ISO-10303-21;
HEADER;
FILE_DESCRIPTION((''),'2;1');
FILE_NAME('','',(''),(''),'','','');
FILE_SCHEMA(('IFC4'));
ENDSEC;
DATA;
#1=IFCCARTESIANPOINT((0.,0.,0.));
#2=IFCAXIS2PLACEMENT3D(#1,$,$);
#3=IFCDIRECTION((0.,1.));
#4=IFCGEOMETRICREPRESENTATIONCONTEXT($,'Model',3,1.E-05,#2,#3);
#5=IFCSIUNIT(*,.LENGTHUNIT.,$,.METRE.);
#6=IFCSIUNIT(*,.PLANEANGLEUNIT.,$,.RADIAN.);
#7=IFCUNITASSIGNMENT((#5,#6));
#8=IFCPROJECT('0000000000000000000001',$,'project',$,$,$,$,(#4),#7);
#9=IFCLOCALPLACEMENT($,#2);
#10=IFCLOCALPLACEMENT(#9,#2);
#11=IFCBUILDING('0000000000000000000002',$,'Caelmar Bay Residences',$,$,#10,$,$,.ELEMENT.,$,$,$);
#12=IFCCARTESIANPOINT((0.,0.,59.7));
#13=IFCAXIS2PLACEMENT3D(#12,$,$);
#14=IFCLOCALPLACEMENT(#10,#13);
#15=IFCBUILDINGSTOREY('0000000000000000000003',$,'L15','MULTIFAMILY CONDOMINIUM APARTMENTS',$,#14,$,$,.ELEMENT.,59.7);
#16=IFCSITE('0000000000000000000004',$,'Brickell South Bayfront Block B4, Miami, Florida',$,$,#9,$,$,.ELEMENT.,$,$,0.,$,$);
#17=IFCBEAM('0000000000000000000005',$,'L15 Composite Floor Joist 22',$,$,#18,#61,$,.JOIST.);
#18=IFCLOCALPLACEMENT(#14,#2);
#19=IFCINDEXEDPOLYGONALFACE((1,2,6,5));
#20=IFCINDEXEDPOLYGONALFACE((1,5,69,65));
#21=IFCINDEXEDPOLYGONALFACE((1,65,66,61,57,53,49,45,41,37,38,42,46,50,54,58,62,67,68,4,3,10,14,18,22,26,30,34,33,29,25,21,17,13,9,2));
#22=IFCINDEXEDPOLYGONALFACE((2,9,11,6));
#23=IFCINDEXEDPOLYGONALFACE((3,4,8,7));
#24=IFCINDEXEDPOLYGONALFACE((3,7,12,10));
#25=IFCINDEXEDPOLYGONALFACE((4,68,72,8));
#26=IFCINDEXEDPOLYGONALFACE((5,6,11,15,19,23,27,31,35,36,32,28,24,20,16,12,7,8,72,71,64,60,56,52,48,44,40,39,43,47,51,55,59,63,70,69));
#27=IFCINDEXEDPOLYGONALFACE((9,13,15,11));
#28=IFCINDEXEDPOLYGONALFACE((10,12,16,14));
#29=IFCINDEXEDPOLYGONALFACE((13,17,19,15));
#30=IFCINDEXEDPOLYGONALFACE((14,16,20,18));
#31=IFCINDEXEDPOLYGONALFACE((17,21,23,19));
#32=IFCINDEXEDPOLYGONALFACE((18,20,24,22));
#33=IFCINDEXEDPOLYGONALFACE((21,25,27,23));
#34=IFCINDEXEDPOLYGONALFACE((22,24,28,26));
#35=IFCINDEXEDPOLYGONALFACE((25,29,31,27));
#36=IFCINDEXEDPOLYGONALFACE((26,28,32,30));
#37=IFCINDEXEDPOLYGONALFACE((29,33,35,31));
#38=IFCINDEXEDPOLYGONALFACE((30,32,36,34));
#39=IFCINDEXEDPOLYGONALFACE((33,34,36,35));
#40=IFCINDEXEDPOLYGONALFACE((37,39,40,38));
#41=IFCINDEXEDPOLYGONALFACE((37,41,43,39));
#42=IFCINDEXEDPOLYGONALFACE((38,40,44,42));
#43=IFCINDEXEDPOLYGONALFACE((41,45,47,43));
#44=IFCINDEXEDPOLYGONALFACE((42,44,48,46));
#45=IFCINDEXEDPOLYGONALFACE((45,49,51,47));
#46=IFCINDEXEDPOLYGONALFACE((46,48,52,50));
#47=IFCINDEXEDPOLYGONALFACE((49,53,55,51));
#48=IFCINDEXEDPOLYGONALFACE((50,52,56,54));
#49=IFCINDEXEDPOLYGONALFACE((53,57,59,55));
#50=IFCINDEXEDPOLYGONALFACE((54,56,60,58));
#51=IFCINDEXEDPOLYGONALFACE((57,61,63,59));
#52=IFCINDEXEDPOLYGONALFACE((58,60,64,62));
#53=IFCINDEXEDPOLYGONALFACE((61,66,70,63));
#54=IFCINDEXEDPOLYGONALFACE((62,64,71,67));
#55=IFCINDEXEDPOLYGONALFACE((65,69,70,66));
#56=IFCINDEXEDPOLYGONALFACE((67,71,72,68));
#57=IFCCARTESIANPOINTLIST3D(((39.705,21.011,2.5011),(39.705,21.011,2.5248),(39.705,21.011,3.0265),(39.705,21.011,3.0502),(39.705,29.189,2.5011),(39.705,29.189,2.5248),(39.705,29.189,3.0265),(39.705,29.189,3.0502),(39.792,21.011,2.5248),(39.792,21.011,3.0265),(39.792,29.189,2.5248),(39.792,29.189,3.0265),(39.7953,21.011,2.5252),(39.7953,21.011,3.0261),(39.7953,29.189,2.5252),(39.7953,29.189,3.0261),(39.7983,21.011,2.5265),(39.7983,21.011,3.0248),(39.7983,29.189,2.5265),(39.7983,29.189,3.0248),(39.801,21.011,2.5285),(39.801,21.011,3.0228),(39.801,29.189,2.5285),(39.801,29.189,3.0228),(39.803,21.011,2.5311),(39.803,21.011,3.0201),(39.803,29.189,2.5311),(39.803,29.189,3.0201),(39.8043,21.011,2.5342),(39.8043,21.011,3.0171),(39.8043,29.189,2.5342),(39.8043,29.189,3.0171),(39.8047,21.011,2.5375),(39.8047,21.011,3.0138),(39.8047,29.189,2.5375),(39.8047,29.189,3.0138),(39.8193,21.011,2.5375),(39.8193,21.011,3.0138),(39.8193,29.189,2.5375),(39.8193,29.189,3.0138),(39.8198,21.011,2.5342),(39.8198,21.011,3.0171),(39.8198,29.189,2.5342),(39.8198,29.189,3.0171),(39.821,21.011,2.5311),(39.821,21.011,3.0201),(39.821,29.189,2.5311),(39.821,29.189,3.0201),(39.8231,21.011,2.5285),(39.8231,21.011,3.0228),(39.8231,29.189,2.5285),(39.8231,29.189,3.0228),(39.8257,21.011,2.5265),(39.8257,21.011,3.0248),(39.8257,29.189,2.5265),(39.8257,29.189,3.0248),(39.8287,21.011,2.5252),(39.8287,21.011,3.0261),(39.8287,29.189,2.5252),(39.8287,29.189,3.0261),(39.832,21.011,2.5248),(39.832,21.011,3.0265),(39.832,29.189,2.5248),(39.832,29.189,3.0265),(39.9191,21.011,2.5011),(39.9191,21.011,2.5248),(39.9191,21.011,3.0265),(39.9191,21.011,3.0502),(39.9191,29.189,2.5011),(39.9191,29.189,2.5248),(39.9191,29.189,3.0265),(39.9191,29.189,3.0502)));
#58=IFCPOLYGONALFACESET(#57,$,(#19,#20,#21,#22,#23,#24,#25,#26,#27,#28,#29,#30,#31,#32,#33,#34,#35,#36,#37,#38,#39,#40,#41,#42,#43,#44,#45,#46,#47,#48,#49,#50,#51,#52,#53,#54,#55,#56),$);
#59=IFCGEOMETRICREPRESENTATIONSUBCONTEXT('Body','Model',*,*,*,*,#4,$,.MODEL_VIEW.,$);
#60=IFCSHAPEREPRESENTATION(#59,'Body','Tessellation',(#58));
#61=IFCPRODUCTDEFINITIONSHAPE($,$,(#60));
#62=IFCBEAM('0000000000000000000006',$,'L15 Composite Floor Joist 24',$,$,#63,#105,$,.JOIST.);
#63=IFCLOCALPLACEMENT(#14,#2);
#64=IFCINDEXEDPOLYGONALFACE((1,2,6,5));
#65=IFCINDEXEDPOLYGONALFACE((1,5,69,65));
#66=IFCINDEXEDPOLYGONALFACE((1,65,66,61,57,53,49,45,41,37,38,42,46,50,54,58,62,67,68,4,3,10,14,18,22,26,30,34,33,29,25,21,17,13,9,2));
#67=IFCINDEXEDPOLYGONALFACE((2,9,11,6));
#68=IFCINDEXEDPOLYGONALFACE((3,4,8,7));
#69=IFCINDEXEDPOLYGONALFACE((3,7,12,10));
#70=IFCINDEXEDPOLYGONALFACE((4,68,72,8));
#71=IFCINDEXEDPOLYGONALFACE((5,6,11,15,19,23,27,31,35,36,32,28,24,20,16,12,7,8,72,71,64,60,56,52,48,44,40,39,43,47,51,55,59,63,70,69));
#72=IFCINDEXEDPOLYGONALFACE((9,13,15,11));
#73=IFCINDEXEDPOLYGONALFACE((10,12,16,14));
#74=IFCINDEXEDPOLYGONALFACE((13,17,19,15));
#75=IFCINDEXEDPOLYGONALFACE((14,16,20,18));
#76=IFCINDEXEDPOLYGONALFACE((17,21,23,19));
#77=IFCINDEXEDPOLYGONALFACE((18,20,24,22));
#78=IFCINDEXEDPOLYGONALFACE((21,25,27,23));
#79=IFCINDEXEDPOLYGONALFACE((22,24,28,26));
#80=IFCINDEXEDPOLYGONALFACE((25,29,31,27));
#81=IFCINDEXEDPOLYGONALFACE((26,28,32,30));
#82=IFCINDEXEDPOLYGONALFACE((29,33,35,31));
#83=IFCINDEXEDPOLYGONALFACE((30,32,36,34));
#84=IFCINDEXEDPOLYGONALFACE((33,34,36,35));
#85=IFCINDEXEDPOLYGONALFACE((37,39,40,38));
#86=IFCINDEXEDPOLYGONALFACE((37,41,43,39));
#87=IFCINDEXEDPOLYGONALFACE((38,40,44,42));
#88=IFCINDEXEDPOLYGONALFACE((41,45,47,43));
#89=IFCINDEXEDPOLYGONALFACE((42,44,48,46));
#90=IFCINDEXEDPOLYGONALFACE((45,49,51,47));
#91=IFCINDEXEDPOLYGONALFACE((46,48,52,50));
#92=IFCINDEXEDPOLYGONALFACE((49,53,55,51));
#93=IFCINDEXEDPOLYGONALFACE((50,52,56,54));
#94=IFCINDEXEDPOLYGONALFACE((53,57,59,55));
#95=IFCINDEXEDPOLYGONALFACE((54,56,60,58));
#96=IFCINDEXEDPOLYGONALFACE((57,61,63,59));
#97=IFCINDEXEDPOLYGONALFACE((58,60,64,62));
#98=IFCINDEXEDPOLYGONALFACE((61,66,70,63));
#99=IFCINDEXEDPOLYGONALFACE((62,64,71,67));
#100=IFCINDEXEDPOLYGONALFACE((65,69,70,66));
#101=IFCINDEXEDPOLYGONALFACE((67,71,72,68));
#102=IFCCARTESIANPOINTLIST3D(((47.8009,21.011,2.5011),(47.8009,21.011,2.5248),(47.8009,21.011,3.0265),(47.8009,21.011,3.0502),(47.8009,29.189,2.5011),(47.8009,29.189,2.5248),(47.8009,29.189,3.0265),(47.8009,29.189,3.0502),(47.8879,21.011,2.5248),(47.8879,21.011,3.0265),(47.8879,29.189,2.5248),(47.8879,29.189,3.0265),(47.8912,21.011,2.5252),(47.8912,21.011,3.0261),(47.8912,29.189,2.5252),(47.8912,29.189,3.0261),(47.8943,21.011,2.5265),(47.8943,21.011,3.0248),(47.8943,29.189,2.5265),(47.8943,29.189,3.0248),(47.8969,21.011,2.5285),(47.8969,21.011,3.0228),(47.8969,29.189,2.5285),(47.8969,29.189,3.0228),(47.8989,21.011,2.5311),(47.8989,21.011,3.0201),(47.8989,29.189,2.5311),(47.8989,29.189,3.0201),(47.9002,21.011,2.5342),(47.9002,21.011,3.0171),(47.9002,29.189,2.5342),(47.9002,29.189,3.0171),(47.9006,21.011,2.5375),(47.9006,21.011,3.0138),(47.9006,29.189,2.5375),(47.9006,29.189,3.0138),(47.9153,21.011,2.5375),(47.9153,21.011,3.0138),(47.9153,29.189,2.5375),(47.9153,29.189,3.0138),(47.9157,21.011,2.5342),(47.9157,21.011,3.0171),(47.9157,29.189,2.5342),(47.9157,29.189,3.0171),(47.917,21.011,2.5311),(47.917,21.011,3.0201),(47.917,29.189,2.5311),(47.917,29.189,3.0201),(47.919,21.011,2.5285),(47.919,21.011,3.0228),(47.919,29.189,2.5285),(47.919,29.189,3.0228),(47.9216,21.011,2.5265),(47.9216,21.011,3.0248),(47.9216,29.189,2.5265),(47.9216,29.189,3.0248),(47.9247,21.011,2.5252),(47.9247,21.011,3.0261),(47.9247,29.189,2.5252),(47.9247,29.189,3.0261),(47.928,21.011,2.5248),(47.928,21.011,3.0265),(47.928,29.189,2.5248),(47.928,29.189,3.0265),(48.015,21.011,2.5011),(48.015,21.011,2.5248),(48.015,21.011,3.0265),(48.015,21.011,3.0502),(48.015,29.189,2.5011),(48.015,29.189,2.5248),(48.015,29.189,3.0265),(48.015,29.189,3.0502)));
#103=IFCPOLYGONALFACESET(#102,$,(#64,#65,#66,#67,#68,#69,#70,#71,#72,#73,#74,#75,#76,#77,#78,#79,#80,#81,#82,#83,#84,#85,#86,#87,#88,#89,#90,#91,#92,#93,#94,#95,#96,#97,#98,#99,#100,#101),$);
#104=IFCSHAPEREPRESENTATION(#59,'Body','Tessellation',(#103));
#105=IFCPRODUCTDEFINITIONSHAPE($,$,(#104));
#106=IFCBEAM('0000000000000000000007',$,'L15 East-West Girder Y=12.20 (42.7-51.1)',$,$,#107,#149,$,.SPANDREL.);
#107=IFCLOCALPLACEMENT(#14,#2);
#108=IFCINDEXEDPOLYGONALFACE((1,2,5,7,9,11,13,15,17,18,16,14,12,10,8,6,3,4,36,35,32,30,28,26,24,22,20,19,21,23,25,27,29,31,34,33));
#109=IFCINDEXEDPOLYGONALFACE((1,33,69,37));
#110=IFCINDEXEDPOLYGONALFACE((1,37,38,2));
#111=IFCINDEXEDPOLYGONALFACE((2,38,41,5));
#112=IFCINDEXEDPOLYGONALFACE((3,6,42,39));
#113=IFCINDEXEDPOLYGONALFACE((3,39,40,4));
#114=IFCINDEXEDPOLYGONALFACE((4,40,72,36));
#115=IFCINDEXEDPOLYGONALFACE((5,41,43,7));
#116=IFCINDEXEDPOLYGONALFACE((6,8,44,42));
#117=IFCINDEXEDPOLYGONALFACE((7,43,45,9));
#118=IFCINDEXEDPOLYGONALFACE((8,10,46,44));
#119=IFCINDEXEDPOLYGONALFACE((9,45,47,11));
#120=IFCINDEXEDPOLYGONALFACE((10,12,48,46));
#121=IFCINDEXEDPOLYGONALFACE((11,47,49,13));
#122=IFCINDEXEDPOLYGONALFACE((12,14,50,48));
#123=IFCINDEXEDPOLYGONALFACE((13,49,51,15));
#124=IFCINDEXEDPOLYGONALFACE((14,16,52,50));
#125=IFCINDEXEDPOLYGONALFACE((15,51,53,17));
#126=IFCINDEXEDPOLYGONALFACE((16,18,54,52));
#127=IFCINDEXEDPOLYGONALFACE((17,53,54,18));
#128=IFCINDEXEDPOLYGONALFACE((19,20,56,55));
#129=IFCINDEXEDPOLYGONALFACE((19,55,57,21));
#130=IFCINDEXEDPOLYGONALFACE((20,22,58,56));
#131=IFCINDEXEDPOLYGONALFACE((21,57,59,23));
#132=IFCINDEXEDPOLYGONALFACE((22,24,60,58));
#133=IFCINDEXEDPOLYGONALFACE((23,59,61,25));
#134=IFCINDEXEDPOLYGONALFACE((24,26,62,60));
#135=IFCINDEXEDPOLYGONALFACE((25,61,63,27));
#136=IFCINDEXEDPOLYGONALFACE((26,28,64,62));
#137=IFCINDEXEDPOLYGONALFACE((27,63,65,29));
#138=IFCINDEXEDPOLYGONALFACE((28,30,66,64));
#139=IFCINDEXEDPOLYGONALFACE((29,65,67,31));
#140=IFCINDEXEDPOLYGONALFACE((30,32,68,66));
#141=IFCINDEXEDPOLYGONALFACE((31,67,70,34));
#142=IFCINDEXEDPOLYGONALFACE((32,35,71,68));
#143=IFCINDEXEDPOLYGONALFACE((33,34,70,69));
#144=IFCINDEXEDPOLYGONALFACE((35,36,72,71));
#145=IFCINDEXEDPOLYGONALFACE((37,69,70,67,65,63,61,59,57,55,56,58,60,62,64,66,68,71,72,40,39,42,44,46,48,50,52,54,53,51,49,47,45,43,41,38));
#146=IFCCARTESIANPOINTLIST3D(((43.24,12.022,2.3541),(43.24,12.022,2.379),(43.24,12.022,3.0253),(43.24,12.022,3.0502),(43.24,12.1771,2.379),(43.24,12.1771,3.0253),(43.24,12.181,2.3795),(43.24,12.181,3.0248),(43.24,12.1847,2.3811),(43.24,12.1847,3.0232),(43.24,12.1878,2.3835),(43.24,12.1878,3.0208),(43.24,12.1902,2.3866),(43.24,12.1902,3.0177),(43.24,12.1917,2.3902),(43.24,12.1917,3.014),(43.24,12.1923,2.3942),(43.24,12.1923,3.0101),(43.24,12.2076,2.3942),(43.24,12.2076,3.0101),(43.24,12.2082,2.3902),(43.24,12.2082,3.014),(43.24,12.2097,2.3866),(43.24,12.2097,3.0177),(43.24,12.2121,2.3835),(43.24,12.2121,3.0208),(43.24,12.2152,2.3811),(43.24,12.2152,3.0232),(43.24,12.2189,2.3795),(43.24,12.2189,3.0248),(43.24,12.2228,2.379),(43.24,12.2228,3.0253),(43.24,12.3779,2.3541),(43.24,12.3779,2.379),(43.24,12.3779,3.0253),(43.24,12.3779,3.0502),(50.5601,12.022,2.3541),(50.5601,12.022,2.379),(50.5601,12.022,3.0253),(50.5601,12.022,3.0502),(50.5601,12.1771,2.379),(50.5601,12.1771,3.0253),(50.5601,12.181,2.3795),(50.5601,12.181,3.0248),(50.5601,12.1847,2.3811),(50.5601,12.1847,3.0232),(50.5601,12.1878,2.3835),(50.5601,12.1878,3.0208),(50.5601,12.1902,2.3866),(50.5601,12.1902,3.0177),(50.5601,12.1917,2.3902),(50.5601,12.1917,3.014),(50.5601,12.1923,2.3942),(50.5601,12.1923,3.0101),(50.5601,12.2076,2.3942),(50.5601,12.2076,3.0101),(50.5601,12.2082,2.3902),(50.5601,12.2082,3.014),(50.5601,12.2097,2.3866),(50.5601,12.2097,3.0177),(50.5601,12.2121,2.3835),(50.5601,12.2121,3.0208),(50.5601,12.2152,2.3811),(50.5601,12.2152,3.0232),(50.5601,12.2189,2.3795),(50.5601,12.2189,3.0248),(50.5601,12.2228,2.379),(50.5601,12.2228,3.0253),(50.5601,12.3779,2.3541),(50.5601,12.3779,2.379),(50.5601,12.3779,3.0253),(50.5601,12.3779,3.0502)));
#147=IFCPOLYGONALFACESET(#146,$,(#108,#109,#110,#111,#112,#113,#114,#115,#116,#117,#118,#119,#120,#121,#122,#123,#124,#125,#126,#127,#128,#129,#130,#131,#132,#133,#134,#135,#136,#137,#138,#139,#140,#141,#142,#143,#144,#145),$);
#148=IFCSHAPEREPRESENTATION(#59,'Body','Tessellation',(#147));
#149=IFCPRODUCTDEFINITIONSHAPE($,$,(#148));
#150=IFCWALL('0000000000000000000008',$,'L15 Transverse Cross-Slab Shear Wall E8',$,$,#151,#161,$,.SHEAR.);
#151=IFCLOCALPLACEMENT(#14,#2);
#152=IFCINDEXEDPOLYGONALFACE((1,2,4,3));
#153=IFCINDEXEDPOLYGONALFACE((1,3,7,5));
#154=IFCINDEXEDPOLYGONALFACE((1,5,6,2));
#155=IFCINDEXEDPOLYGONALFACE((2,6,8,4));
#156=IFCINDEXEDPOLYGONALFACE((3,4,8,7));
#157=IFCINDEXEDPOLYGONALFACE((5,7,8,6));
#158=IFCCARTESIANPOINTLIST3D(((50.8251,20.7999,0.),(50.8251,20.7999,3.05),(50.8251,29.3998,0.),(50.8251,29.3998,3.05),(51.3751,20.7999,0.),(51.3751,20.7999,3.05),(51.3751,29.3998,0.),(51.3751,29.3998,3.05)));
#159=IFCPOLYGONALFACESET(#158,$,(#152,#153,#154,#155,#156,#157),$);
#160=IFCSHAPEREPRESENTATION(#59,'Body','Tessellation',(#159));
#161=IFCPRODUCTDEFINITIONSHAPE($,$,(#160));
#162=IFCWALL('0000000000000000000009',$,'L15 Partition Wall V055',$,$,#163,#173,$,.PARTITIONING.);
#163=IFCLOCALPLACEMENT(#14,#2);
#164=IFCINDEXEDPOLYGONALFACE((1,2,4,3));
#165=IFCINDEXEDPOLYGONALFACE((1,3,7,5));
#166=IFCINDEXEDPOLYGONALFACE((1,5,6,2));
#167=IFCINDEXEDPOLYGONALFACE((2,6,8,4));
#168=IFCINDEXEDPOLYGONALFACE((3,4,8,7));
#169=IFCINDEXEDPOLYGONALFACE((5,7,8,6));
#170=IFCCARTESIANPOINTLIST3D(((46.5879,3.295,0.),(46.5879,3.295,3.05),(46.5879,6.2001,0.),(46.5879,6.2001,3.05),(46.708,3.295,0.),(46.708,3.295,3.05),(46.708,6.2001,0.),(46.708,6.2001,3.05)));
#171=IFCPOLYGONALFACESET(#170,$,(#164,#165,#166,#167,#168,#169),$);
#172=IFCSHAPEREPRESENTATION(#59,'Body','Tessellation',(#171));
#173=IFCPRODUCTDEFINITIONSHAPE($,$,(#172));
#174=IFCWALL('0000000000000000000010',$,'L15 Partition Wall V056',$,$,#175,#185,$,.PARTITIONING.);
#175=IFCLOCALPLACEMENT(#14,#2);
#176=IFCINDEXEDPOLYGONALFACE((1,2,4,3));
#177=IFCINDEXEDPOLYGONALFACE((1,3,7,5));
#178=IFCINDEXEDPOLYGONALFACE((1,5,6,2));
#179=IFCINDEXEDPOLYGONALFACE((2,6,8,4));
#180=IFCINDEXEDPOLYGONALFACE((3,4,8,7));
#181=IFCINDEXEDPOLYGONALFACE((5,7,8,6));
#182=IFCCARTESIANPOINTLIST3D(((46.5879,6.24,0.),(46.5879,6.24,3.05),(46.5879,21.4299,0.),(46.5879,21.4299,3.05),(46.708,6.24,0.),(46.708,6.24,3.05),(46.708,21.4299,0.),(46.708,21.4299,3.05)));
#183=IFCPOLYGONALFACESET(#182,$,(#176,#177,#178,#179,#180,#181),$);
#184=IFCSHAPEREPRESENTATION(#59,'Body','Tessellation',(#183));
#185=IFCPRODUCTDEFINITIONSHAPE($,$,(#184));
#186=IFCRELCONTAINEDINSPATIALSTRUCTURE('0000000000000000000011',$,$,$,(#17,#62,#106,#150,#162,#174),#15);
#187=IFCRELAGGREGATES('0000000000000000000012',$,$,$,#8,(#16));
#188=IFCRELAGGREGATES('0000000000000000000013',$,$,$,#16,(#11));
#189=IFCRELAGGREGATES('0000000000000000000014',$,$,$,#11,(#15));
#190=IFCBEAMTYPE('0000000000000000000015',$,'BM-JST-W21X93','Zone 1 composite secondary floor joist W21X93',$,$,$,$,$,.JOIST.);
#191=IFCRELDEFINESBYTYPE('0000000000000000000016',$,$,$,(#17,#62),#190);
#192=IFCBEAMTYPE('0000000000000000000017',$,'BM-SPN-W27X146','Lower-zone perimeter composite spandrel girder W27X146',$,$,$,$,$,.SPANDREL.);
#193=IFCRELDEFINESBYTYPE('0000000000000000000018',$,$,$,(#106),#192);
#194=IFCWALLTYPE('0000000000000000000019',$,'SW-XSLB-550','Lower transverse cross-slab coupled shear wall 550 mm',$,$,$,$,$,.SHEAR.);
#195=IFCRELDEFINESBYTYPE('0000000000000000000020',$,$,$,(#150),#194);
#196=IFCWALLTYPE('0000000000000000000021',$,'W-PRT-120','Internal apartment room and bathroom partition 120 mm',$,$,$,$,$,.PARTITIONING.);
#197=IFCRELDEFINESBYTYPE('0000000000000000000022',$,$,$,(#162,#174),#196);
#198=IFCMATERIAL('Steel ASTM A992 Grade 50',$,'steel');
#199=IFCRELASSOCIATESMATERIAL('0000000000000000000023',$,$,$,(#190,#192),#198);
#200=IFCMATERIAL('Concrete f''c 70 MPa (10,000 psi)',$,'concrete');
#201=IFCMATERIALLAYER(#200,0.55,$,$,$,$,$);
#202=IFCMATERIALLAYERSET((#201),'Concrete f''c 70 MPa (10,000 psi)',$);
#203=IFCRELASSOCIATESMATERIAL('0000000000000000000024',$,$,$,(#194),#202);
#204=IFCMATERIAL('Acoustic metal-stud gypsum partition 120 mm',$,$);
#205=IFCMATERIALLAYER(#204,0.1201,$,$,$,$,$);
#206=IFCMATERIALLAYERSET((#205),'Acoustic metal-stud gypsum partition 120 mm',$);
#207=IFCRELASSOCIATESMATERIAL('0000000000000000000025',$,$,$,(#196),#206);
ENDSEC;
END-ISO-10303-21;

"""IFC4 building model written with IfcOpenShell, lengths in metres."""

from ifc_helpers import new_model, si_unit, direction, frame, frame_2d, origin, origin_2d, place, context, subcontext, project, spatial, rectangle, i_section, extrude, material, layer, layer_set, material_profile, profile_set, type_object, element, save


model = new_model("IFC4")

# Units and contexts
model_context = context("Model", 3, precision=1e-05, world=origin(), true_north=direction((0.0, 1.0)))
body_context = subcontext(model_context, "Body", "Model", "MODEL_VIEW")
ifc_project = project(units=[si_unit("LENGTHUNIT", "METRE"), si_unit("PLANEANGLEUNIT", "RADIAN")], contexts=[model_context])

# Site, building, storey
site_placement = place(None, origin())
site = spatial("IfcSite", under=ifc_project, at=site_placement, Name="Brickell South Bayfront Block B4, Miami, Florida", CompositionType="ELEMENT", RefElevation=0.0)
building_placement = place(site_placement, origin())
building = spatial("IfcBuilding", under=site, at=building_placement, Name="Caelmar Bay Residences", CompositionType="ELEMENT")
storey_placement = place(building_placement, frame((0.0, 0.0, 59.7)))
storey = spatial("IfcBuildingStorey", under=building, at=storey_placement, Name="L15", Description="MULTIFAMILY CONDOMINIUM APARTMENTS", CompositionType="ELEMENT", Elevation=59.7)

# Shared definitions
ifc_material_1 = material(Name="Concrete f'c 70 MPa (10,000 psi)", Category="concrete")

# Beams
ifc_material_2 = material(Name="Steel ASTM A992 Grade 50", Category="steel")
ifc_material_profile_1 = material_profile(ifc_material_2, i_section(OverallWidth=0.2141, OverallDepth=0.5491, WebThickness=0.0146, FlangeThickness=0.0237, FilletRadius=0.0127, at=origin_2d()), Name="W21X93")
ifc_profile_set_1 = profile_set([ifc_material_profile_1], Name="Steel ASTM A992 Grade 50")
beam_type_1 = type_object("IfcBeamType", Name="BM-JST-W21X93", Description="Zone 1 composite secondary floor joist W21X93", PredefinedType="JOIST", material=ifc_profile_set_1)
for number, where, z_axis, x_axis, name in (
    (1, (39.812, 21.011, 2.7756), (0.0, 1.0, 0.0), (-1.0, 0.0, 0.0), "L15 Composite Floor Joist 22"),
    (2, (47.908, 21.011, 2.7756), (0.0, 1.0, 0.0), (-1.0, 0.0, 0.0), "L15 Composite Floor Joist 24"),
):
    element("IfcBeam", number, at=place(storey_placement, frame(where, z_axis=z_axis, x_axis=x_axis)), inside=storey, type_object=beam_type_1, Name=name, PredefinedType="JOIST", context=body_context, shape_type="SweptSolid", body=[
        extrude(i_section(OverallWidth=0.2141, OverallDepth=0.5491, WebThickness=0.0146, FlangeThickness=0.0237, FilletRadius=0.0127, at=origin_2d()), origin(), (0.0, 0.0, 1.0), 8.178),
    ])
ifc_material_profile_2 = material_profile(ifc_material_2, i_section(OverallWidth=0.356, OverallDepth=0.696, WebThickness=0.0154, FlangeThickness=0.0249, FilletRadius=0.0151, at=origin_2d()), Name="W27X146")
ifc_profile_set_2 = profile_set([ifc_material_profile_2], Name="Steel ASTM A992 Grade 50")
beam_type_2 = type_object("IfcBeamType", Name="BM-SPN-W27X146", Description="Lower-zone perimeter composite spandrel girder W27X146", PredefinedType="SPANDREL", material=ifc_profile_set_2)
beam_1_placement = place(storey_placement, frame((43.24, 12.2, 2.7021), z_axis=(1.0, 0.0, 0.0), x_axis=(0.0, 1.0, 0.0)))
element("IfcBeam", 3, at=beam_1_placement, inside=storey, type_object=beam_type_2, Name="L15 East-West Girder Y=12.20 (42.7-51.1)", PredefinedType="SPANDREL", context=body_context, shape_type="SweptSolid", body=[
    extrude(i_section(OverallWidth=0.356, OverallDepth=0.696, WebThickness=0.0154, FlangeThickness=0.0249, FilletRadius=0.0151, at=origin_2d()), origin(), (0.0, 0.0, 1.0), 7.3201),
])

# Walls
ifc_layer_1 = layer(ifc_material_1, 0.55)
ifc_layer_set_1 = layer_set([ifc_layer_1], Name="Concrete f'c 70 MPa (10,000 psi)")
wall_type_1 = type_object("IfcWallType", Name="SW-XSLB-550", Description="Lower transverse cross-slab coupled shear wall 550 mm", PredefinedType="SHEAR", material=ifc_layer_set_1)
wall_1_placement = place(storey_placement, frame((51.1001, 20.8, 0.0), z_axis=(0.0, 0.0, 1.0), x_axis=(0.0, 1.0, 0.0)))
element("IfcWall", 4, at=wall_1_placement, inside=storey, type_object=wall_type_1, Name="L15 Transverse Cross-Slab Shear Wall E8", PredefinedType="SHEAR", context=body_context, shape_type="SweptSolid", body=[
    extrude(rectangle(XDim=8.5999, YDim=0.55, at=frame_2d((4.2998, 0.0))), origin(), (0.0, 0.0, 1.0), 3.05),
])
ifc_material_3 = material(Name="Acoustic metal-stud gypsum partition 120 mm")
ifc_layer_2 = layer(ifc_material_3, 0.1201)
ifc_layer_set_2 = layer_set([ifc_layer_2], Name="Acoustic metal-stud gypsum partition 120 mm")
wall_type_2 = type_object("IfcWallType", Name="W-PRT-120", Description="Internal apartment room and bathroom partition 120 mm", PredefinedType="PARTITIONING", material=ifc_layer_set_2)
wall_2_placement = place(storey_placement, frame((46.6479, 3.2949, 0.0), z_axis=(0.0, 0.0, 1.0), x_axis=(0.0, 1.0, 0.0)))
element("IfcWall", 5, at=wall_2_placement, inside=storey, type_object=wall_type_2, Name="L15 Partition Wall V055", PredefinedType="PARTITIONING", context=body_context, shape_type="SweptSolid", body=[
    extrude(rectangle(XDim=2.905, YDim=0.1201, at=frame_2d((1.4526, 0.0))), origin(), (0.0, 0.0, 1.0), 3.05),
])
wall_3_placement = place(storey_placement, frame((46.6479, 6.24, 0.0), z_axis=(0.0, 0.0, 1.0), x_axis=(0.0, 1.0, 0.0)))
element("IfcWall", 6, at=wall_3_placement, inside=storey, type_object=wall_type_2, Name="L15 Partition Wall V056", PredefinedType="PARTITIONING", context=body_context, shape_type="SweptSolid", body=[
    extrude(rectangle(XDim=15.1899, YDim=0.1201, at=frame_2d((7.595, 0.0))), origin(), (0.0, 0.0, 1.0), 3.05),
])

save(model, "model.ifc")
